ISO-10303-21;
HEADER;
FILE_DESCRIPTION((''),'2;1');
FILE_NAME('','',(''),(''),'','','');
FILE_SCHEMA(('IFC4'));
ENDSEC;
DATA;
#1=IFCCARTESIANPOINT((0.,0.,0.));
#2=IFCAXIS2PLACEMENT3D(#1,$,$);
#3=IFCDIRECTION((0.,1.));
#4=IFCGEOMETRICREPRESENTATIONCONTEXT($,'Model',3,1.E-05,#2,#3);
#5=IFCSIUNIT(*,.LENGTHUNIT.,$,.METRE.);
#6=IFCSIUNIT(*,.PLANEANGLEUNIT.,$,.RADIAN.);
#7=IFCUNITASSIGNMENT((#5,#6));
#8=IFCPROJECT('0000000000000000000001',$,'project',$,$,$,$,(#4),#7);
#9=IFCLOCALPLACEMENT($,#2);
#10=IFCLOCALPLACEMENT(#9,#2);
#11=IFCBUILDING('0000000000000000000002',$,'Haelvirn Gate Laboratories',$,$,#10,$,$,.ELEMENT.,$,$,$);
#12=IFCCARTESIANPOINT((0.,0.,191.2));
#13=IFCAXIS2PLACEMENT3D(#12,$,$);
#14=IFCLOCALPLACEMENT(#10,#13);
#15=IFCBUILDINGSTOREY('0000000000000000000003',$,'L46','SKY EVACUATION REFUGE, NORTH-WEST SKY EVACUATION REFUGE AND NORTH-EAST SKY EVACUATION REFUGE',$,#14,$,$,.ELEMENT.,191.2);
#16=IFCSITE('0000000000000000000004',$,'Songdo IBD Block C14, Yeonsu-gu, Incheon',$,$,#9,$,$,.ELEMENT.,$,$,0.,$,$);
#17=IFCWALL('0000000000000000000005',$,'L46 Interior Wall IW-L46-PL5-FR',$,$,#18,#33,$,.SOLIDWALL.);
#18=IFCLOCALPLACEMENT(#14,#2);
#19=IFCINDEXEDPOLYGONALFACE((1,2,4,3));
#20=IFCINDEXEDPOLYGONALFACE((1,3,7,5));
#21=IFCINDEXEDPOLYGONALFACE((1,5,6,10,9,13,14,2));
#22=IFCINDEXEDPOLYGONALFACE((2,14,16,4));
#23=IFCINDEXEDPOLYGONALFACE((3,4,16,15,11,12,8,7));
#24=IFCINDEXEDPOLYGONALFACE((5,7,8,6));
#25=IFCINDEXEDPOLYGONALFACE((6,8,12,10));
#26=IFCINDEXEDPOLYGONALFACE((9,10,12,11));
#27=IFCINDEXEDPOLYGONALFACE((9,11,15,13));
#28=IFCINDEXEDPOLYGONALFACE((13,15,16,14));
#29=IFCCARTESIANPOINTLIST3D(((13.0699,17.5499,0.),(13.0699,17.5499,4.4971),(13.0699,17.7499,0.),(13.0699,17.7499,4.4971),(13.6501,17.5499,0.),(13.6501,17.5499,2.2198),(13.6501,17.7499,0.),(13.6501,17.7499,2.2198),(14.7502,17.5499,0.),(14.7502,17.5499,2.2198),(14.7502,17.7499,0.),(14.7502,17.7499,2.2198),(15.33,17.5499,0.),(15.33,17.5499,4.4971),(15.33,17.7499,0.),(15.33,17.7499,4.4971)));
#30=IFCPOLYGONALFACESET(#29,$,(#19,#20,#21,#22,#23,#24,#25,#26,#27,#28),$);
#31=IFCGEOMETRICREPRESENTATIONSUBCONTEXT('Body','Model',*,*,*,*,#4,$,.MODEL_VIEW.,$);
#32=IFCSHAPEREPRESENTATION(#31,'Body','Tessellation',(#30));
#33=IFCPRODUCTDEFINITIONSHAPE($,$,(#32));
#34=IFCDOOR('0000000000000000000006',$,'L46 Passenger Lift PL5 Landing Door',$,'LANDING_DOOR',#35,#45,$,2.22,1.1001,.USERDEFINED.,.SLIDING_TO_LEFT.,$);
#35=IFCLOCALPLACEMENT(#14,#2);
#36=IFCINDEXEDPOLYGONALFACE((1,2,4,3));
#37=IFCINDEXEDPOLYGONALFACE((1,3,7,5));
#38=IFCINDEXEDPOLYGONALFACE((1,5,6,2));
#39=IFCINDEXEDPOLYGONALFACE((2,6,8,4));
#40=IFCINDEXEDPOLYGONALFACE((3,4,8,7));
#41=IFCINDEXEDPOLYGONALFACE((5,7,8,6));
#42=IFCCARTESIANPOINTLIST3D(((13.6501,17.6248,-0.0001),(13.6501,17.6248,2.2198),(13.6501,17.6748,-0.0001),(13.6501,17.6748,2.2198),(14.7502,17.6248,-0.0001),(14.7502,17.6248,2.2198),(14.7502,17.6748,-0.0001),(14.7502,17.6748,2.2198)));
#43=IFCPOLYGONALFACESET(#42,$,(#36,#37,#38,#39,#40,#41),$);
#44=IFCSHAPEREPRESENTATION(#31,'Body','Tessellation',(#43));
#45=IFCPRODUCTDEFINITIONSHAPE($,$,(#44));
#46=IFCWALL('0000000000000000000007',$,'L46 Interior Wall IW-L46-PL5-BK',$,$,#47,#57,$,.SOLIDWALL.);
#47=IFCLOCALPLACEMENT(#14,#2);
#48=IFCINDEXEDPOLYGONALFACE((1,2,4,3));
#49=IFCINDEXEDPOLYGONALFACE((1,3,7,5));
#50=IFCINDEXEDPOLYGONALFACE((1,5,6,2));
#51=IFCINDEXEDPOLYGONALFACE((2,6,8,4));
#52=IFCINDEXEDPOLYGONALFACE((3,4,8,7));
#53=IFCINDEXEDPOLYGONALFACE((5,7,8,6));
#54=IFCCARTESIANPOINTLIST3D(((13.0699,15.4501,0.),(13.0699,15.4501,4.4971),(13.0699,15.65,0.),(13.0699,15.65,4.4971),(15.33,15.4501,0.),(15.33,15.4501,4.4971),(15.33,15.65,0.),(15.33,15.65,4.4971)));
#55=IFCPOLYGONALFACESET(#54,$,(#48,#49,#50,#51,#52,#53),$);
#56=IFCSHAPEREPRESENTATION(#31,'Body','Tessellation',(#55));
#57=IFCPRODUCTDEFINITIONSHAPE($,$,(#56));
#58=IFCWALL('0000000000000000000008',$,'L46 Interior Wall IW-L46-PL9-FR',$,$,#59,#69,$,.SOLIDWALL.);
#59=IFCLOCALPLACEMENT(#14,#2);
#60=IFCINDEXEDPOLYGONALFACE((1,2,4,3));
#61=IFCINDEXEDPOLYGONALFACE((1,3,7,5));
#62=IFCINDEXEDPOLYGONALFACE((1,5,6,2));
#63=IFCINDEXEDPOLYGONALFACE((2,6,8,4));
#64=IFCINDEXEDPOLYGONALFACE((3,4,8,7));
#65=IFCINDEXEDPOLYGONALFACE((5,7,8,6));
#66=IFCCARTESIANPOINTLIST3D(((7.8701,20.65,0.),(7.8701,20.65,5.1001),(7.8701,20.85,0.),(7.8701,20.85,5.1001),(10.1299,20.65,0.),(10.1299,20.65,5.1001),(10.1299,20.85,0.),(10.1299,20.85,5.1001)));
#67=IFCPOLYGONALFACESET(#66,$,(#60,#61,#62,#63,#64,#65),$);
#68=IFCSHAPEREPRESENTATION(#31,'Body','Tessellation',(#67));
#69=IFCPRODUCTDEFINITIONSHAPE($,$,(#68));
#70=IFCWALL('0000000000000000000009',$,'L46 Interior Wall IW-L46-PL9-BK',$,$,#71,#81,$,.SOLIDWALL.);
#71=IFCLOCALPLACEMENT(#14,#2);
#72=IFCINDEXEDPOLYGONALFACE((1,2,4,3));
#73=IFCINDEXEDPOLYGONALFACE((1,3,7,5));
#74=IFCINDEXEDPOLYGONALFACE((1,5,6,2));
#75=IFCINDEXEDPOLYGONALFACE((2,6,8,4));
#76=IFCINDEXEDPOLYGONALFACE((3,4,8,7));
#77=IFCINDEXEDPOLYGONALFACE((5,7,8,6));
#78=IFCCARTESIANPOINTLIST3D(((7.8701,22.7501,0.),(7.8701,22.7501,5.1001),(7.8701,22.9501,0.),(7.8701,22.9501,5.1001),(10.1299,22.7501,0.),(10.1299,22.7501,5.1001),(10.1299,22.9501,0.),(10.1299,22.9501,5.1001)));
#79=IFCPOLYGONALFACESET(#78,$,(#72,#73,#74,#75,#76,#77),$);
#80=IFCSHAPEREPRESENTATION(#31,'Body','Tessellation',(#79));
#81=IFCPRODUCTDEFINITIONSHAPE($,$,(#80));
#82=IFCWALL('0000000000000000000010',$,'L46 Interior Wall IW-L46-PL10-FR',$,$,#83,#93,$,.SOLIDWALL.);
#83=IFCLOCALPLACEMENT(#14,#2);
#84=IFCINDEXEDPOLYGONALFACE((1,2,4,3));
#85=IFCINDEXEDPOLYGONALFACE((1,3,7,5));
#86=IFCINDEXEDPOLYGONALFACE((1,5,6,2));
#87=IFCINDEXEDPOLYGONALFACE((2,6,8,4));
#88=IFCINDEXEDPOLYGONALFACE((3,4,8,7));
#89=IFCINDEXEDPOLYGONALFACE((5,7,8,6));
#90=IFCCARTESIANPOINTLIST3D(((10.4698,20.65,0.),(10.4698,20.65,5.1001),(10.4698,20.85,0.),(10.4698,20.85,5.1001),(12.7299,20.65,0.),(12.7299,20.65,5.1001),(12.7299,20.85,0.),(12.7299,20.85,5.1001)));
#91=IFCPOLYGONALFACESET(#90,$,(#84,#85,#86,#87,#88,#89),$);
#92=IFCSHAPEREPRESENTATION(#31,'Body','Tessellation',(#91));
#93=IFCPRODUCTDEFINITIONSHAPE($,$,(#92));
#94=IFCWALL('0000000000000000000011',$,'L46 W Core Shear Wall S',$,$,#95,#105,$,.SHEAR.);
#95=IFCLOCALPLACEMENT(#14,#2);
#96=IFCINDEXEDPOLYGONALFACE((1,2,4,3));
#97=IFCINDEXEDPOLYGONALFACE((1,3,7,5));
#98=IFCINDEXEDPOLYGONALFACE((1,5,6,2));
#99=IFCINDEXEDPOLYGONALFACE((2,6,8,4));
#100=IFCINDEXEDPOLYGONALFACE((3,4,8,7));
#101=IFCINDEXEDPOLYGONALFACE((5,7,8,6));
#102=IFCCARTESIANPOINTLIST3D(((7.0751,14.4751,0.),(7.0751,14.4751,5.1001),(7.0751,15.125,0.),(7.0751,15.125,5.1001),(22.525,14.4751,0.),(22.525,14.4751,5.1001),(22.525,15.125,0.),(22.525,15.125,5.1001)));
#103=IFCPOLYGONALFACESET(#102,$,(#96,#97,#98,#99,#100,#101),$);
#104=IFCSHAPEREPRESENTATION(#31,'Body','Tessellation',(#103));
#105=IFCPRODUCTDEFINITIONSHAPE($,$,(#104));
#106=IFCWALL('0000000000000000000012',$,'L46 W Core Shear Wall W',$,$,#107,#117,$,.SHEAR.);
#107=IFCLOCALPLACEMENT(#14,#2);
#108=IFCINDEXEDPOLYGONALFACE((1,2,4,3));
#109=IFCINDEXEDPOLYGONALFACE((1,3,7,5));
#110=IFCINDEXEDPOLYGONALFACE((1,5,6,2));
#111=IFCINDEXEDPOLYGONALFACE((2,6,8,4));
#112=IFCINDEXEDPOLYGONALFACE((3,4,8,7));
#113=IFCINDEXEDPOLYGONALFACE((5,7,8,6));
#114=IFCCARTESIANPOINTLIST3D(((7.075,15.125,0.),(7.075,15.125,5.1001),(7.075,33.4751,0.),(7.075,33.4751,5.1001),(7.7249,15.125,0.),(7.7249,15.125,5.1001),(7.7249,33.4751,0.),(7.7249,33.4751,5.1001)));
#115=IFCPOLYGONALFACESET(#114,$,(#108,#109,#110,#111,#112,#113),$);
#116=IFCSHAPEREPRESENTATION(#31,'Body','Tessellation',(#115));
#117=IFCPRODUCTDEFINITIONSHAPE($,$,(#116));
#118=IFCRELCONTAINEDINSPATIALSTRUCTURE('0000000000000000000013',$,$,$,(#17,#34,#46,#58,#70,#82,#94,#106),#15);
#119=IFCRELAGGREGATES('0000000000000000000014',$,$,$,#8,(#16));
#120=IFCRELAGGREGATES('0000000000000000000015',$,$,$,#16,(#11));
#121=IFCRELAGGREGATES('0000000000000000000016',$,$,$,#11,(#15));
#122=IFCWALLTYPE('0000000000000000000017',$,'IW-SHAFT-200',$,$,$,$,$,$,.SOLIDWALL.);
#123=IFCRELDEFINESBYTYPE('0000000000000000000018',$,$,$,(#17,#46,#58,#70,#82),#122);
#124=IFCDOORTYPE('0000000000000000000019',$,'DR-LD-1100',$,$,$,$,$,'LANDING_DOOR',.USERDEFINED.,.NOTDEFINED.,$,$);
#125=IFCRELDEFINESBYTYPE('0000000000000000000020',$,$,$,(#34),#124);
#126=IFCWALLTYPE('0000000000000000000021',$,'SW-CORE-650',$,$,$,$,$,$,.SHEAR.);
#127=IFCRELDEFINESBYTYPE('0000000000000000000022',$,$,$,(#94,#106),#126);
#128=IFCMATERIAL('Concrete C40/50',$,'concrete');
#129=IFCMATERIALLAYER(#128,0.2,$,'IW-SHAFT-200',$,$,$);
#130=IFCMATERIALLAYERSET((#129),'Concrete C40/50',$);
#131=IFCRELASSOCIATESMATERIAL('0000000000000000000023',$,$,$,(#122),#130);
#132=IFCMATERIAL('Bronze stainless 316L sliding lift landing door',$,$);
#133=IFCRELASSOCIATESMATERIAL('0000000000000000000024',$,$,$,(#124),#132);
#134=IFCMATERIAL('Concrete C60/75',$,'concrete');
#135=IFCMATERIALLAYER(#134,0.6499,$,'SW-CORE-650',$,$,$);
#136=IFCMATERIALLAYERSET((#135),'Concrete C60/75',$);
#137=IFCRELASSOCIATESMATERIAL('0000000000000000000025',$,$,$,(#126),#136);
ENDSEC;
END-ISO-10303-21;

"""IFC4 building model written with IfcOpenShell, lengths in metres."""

from ifc_helpers import new_model, si_unit, direction, frame, frame_2d, origin, place, context, subcontext, project, spatial, rectangle, extrude, source, transform, mapped, material, layer, layer_set, type_object, type_shapes, element, fill, save


model = new_model("IFC4")

# Units and contexts
model_context = context("Model", 3, precision=1e-05, world=origin(), true_north=direction((0.0, 1.0)))
body_context = subcontext(model_context, "Body", "Model", "MODEL_VIEW")
ifc_project = project(units=[si_unit("LENGTHUNIT", "METRE"), si_unit("PLANEANGLEUNIT", "RADIAN")], contexts=[model_context])

# Site, building, storey
site_placement = place(None, origin())
site = spatial("IfcSite", under=ifc_project, at=site_placement, Name="Songdo IBD Block C14, Yeonsu-gu, Incheon", CompositionType="ELEMENT", RefElevation=0.0)
building_placement = place(site_placement, origin())
building = spatial("IfcBuilding", under=site, at=building_placement, Name="Haelvirn Gate Laboratories", CompositionType="ELEMENT")
storey_placement = place(building_placement, frame((0.0, 0.0, 191.2)))
storey = spatial("IfcBuildingStorey", under=building, at=storey_placement, Name="L46", Description="SKY EVACUATION REFUGE, NORTH-WEST SKY EVACUATION REFUGE AND NORTH-EAST SKY EVACUATION REFUGE", CompositionType="ELEMENT", Elevation=191.2)

# Shared definitions
ifc_material_1 = material(Name="Concrete C60/75", Category="concrete")

# Shared definitions
ifc_material_2 = material(Name="Concrete C40/50", Category="concrete")

# Wall, opening, door
ifc_layer_1 = layer(ifc_material_2, 0.2, Name="IW-SHAFT-200")
ifc_layer_set_1 = layer_set([ifc_layer_1], Name="Concrete C40/50")
wall_type_1 = type_object("IfcWallType", Name="IW-SHAFT-200", PredefinedType="SOLIDWALL", material=ifc_layer_set_1)
wall_1_placement = place(storey_placement, frame((13.0701, 17.6499, 0.0), z_axis=(0.0, 0.0, 1.0), x_axis=(1.0, 0.0, 0.0)))
wall_1 = element("IfcWall", 1, at=wall_1_placement, inside=storey, type_object=wall_type_1, Name="L46 Interior Wall IW-L46-PL5-FR", PredefinedType="SOLIDWALL", context=body_context, shape_type="SweptSolid", body=[
    extrude(rectangle(XDim=2.26, YDim=0.2, at=frame_2d((1.1299, 0.0))), origin(), (0.0, 0.0, 1.0), 4.4971),
])
opening_1_placement = place(wall_1_placement, frame((0.5801, 0.0, 0.0)))
opening_1 = element("IfcOpeningElement", 2, at=opening_1_placement, cuts=wall_1, PredefinedType="OPENING", context=body_context, shape_type="SweptSolid", body=[
    extrude(rectangle(XDim=1.1001, YDim=2.22, at=frame_2d((0.55, 1.1099))), frame((0.0, 0.1099, 0.0), z_axis=(0.0, -1.0, 0.0), x_axis=(1.0, 0.0, 0.0)), (0.0, 0.0, 1.0), 0.22),
])
ifc_material_3 = material(Name="Bronze stainless 316L sliding lift landing door")
door_type_1 = type_object("IfcDoorType", Name="DR-LD-1100", ElementType="LANDING_DOOR", OperationType="NOTDEFINED", PredefinedType="USERDEFINED", material=ifc_material_3)
shared_shape_1 = source(origin(), body_context, "Body", "SweptSolid", [
    extrude(rectangle(XDim=1.1001, YDim=2.22, at=frame_2d((0.55, 1.1099))), frame((0.0, 0.0249, 0.0), z_axis=(0.0, -1.0, 0.0), x_axis=(1.0, 0.0, 0.0)), (0.0, 0.0, 1.0), 0.05),
])
type_shapes(door_type_1, [shared_shape_1])
door_1_placement = place(opening_1_placement, origin())
door_1 = element("IfcDoor", 3, at=door_1_placement, inside=storey, type_object=door_type_1, Name="L46 Passenger Lift PL5 Landing Door", ObjectType="LANDING_DOOR", OperationType="SLIDING_TO_LEFT", OverallHeight=2.22, OverallWidth=1.1001, PredefinedType="USERDEFINED", context=body_context, shape_type="MappedRepresentation", body=[
    mapped(shared_shape_1, transform((0.0, 0.0, 0.0), scale=1.0)),
])
fill(opening_1, door_1)

# Walls
wall_2_placement = place(storey_placement, frame((13.0701, 15.55, 0.0), z_axis=(0.0, 0.0, 1.0), x_axis=(1.0, 0.0, 0.0)))
element("IfcWall", 4, at=wall_2_placement, inside=storey, type_object=wall_type_1, Name="L46 Interior Wall IW-L46-PL5-BK", PredefinedType="SOLIDWALL", context=body_context, shape_type="SweptSolid", body=[
    extrude(rectangle(XDim=2.26, YDim=0.2, at=frame_2d((1.1299, 0.0))), origin(), (0.0, 0.0, 1.0), 4.4971),
])
for number, where, z_axis, x_axis, name in (
    (5, (7.8701, 20.75, 0.0), (0.0, 0.0, 1.0), (1.0, 0.0, 0.0), "L46 Interior Wall IW-L46-PL9-FR"),
    (6, (7.8701, 22.8501, 0.0), (0.0, 0.0, 1.0), (1.0, 0.0, 0.0), "L46 Interior Wall IW-L46-PL9-BK"),
):
    element("IfcWall", number, at=place(storey_placement, frame(where, z_axis=z_axis, x_axis=x_axis)), inside=storey, type_object=wall_type_1, Name=name, PredefinedType="SOLIDWALL", context=body_context, shape_type="SweptSolid", body=[
        extrude(rectangle(XDim=2.2598, YDim=0.2, at=frame_2d((1.1299, 0.0))), origin(), (0.0, 0.0, 1.0), 5.1001),
    ])
wall_3_placement = place(storey_placement, frame((10.47, 20.75, 0.0), z_axis=(0.0, 0.0, 1.0), x_axis=(1.0, 0.0, 0.0)))
element("IfcWall", 7, at=wall_3_placement, inside=storey, type_object=wall_type_1, Name="L46 Interior Wall IW-L46-PL10-FR", PredefinedType="SOLIDWALL", context=body_context, shape_type="SweptSolid", body=[
    extrude(rectangle(XDim=2.26, YDim=0.2, at=frame_2d((1.1299, 0.0))), origin(), (0.0, 0.0, 1.0), 5.1001),
])
ifc_layer_2 = layer(ifc_material_1, 0.6499, Name="SW-CORE-650")
ifc_layer_set_2 = layer_set([ifc_layer_2], Name="Concrete C60/75")
wall_type_2 = type_object("IfcWallType", Name="SW-CORE-650", PredefinedType="SHEAR", material=ifc_layer_set_2)
wall_4_placement = place(storey_placement, frame((7.075, 14.8, 0.0), z_axis=(0.0, 0.0, 1.0), x_axis=(1.0, 0.0, 0.0)))
element("IfcWall", 8, at=wall_4_placement, inside=storey, type_object=wall_type_2, Name="L46 W Core Shear Wall S", PredefinedType="SHEAR", context=body_context, shape_type="SweptSolid", body=[
    extrude(rectangle(XDim=15.45, YDim=0.6499, at=frame_2d((7.7251, 0.0))), origin(), (0.0, 0.0, 1.0), 5.1001),
])
wall_5_placement = place(storey_placement, frame((7.3999, 15.125, 0.0), z_axis=(0.0, 0.0, 1.0), x_axis=(0.0, 1.0, 0.0)))
element("IfcWall", 9, at=wall_5_placement, inside=storey, type_object=wall_type_2, Name="L46 W Core Shear Wall W", PredefinedType="SHEAR", context=body_context, shape_type="SweptSolid", body=[
    extrude(rectangle(XDim=18.3501, YDim=0.6499, at=frame_2d((9.175, 0.0))), origin(), (0.0, 0.0, 1.0), 5.1001),
])

save(model, "model.ifc")
